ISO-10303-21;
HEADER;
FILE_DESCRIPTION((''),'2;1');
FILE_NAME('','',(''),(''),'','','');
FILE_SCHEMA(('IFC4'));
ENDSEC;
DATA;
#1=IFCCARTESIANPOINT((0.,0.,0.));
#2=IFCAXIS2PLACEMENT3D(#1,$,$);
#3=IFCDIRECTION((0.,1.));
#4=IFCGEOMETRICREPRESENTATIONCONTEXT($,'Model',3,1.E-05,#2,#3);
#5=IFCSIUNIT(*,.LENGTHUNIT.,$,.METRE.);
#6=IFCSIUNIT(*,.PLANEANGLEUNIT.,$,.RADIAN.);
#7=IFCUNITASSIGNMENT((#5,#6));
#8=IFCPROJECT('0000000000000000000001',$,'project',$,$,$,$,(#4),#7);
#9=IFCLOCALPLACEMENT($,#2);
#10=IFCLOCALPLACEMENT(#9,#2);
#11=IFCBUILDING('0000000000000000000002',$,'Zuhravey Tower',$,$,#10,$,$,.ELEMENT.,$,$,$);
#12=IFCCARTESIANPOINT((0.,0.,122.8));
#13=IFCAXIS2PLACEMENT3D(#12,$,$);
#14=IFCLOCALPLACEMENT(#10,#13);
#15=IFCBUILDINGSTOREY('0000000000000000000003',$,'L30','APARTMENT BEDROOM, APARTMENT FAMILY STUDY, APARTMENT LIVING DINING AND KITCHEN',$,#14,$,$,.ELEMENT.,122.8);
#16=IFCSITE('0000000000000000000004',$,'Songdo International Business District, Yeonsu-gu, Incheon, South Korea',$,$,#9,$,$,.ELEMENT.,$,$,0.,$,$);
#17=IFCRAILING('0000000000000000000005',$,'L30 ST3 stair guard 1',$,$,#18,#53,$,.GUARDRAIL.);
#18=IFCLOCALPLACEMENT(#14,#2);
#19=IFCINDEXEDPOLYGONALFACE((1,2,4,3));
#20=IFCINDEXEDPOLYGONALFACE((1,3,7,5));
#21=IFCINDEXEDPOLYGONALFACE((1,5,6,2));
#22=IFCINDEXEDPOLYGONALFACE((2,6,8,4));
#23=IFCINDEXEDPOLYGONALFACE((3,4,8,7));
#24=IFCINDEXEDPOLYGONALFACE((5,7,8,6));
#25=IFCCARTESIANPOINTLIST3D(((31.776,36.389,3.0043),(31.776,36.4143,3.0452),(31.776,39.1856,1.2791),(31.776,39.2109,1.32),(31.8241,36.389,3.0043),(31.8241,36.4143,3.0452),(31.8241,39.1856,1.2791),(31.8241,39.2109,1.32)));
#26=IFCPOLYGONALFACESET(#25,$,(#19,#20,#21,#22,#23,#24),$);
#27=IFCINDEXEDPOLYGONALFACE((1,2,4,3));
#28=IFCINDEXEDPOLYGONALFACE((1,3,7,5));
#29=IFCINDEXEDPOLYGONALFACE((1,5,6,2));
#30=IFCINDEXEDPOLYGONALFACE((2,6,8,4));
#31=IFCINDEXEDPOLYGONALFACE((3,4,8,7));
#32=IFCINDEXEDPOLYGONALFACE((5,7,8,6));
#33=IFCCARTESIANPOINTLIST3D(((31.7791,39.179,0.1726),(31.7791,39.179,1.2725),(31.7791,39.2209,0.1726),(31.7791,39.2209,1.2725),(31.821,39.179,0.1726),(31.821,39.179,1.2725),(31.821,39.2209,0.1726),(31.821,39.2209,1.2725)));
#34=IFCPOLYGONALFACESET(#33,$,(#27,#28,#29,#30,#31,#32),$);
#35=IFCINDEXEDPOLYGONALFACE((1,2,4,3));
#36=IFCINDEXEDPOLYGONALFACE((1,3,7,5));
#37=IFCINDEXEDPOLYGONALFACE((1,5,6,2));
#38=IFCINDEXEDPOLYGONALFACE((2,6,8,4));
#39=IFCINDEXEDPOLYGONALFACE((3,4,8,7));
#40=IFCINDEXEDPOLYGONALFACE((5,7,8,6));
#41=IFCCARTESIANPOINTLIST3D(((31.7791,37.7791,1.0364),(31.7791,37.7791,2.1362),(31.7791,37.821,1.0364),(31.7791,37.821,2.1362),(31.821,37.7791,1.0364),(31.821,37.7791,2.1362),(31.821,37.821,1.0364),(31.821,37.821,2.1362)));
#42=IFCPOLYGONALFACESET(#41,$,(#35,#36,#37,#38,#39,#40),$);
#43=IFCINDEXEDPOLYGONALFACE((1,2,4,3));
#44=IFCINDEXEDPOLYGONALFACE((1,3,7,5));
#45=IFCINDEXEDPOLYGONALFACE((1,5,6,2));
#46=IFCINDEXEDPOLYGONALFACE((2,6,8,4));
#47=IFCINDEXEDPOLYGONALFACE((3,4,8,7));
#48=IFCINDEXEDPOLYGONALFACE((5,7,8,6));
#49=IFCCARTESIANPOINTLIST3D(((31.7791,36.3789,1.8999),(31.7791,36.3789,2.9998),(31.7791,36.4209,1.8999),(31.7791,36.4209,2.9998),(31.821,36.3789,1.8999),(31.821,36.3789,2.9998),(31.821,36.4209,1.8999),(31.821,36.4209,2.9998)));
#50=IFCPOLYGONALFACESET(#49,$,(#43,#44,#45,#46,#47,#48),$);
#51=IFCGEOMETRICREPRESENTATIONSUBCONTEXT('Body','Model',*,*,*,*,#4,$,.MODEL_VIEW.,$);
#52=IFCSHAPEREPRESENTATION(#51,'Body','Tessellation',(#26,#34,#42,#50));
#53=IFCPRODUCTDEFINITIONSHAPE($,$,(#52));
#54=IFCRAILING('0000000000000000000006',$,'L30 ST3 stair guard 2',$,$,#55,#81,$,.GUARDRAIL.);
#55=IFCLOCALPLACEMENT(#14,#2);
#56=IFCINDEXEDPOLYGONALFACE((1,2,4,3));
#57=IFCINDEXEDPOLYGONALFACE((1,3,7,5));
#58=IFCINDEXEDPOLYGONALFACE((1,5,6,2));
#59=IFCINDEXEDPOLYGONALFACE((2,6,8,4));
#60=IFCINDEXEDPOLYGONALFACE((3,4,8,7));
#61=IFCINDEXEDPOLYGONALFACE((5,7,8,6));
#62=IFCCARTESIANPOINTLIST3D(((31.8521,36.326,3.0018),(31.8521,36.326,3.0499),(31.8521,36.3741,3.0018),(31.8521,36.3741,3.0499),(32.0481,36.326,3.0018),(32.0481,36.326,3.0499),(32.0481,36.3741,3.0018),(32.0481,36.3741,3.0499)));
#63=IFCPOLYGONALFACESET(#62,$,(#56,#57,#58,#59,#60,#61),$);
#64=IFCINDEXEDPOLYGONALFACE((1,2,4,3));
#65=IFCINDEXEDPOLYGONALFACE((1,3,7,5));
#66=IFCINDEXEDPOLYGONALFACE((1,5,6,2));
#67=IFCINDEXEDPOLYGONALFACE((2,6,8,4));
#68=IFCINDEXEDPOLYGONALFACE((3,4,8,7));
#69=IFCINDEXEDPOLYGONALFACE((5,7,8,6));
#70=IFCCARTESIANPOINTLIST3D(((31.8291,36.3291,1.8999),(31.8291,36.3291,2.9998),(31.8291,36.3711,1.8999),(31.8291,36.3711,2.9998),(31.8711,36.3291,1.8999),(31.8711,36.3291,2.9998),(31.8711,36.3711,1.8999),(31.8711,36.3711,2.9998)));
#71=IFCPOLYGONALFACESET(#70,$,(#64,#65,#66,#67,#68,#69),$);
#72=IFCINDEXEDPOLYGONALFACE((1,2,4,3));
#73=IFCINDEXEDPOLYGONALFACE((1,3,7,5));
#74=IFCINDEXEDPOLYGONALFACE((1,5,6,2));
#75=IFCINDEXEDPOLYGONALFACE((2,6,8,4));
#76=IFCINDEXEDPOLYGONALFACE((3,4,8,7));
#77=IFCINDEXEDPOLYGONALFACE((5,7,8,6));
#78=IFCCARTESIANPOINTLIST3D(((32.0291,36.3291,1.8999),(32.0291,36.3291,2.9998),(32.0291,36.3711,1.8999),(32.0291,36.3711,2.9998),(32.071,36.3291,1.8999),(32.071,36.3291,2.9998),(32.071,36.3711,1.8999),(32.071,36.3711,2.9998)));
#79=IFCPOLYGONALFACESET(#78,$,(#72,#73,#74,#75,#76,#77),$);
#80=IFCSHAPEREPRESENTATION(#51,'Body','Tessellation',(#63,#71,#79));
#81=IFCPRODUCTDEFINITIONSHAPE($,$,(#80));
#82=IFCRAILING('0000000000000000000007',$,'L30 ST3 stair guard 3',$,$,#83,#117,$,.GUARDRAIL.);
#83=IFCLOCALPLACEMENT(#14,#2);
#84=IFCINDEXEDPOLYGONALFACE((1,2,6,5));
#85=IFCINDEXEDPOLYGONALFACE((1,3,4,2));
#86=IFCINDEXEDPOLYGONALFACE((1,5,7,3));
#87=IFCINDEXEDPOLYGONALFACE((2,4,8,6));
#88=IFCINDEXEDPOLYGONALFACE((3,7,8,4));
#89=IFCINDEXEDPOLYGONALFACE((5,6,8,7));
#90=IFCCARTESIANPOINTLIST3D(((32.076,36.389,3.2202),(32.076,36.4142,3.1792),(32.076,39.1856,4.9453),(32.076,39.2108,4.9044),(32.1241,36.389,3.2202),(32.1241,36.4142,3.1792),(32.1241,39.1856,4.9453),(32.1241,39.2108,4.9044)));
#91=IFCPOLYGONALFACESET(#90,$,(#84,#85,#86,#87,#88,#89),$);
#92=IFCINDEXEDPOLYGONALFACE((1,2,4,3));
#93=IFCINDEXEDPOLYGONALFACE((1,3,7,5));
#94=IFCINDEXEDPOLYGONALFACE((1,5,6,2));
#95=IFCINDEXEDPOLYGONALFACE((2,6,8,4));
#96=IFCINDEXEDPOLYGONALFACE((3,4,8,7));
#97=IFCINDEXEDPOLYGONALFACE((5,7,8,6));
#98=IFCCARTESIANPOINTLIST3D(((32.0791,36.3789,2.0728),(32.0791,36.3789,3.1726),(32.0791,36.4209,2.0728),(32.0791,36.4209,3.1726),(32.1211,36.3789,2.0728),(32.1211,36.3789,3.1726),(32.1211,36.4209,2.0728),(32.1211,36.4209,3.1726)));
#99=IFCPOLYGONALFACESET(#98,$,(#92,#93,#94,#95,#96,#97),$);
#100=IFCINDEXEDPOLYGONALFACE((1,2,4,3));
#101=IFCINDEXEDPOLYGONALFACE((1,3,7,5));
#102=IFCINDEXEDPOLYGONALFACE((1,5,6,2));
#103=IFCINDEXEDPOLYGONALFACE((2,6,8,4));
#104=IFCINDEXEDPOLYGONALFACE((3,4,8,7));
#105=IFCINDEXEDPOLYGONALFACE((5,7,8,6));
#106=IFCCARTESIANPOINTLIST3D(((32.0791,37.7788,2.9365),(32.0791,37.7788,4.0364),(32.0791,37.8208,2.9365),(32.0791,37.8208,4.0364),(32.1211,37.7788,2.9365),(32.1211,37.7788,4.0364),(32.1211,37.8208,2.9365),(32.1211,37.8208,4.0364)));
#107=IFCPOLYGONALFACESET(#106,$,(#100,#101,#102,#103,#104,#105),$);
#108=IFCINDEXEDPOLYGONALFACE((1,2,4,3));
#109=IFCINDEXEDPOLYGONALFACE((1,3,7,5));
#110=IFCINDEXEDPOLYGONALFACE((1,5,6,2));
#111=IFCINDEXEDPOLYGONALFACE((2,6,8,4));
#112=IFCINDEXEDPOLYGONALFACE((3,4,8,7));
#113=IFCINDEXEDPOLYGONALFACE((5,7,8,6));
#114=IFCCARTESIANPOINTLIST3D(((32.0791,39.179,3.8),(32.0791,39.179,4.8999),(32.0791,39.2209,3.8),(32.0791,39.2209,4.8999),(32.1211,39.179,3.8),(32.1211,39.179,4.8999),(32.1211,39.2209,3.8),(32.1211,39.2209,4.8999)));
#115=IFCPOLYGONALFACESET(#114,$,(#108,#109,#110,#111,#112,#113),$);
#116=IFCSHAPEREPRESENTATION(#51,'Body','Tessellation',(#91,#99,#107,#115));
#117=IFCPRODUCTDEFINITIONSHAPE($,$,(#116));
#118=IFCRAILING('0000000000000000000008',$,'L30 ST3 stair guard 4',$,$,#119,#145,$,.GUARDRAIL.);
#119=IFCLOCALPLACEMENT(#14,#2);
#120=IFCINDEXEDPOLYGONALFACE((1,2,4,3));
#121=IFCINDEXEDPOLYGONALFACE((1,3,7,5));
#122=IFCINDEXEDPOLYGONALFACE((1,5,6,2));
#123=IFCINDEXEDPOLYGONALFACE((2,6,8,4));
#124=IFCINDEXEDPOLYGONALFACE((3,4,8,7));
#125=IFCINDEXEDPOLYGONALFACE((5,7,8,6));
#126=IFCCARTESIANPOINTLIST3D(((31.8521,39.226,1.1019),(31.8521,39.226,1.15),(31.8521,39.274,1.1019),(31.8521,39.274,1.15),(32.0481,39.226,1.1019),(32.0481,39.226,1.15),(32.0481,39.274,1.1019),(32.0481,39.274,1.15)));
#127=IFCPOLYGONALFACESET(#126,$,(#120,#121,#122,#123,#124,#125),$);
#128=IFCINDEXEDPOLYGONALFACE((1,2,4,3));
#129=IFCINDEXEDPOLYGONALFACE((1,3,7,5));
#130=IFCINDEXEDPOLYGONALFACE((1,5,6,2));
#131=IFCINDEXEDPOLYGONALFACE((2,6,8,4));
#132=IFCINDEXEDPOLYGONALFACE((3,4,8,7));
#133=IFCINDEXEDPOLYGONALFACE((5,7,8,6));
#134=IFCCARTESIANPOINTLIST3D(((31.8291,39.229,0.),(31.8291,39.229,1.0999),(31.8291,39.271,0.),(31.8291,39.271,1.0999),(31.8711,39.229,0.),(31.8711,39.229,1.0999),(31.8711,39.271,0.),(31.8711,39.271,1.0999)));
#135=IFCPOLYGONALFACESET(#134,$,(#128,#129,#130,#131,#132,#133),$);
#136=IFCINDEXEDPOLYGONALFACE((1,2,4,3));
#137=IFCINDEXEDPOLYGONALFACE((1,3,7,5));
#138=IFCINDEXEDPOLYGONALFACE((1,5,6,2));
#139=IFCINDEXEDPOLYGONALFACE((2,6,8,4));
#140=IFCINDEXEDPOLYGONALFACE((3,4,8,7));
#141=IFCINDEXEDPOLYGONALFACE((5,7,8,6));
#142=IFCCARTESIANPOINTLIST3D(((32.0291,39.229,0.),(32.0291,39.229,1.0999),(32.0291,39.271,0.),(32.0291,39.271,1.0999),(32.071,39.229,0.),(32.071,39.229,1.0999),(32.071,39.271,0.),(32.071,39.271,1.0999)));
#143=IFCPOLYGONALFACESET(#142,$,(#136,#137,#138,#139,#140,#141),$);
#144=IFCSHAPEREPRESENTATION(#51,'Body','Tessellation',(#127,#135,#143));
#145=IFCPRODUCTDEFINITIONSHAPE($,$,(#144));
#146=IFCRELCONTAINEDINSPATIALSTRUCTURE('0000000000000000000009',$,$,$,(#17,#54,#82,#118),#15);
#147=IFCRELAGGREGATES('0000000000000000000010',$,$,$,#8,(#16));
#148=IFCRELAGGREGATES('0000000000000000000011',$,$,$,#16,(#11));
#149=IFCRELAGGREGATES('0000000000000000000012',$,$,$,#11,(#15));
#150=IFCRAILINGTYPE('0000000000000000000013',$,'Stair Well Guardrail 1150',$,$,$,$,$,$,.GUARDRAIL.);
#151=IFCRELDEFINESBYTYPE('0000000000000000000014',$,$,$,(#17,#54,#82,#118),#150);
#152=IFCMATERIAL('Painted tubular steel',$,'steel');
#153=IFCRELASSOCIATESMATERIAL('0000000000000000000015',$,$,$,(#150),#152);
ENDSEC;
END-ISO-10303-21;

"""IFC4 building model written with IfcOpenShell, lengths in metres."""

from ifc_helpers import new_model, si_unit, direction, frame, origin, origin_2d, place, context, subcontext, project, spatial, rectangle, extrude, material, type_object, element, save


model = new_model("IFC4")

# Units and contexts
model_context = context("Model", 3, precision=1e-05, world=origin(), true_north=direction((0.0, 1.0)))
body_context = subcontext(model_context, "Body", "Model", "MODEL_VIEW")
ifc_project = project(units=[si_unit("LENGTHUNIT", "METRE"), si_unit("PLANEANGLEUNIT", "RADIAN")], contexts=[model_context])

# Site, building, storey
site_placement = place(None, origin())
site = spatial("IfcSite", under=ifc_project, at=site_placement, Name="Songdo International Business District, Yeonsu-gu, Incheon, South Korea", CompositionType="ELEMENT", RefElevation=0.0)
building_placement = place(site_placement, origin())
building = spatial("IfcBuilding", under=site, at=building_placement, Name="Zuhravey Tower", CompositionType="ELEMENT")
storey_placement = place(building_placement, frame((0.0, 0.0, 122.8)))
storey = spatial("IfcBuildingStorey", under=building, at=storey_placement, Name="L30", Description="APARTMENT BEDROOM, APARTMENT FAMILY STUDY, APARTMENT LIVING DINING AND KITCHEN", CompositionType="ELEMENT", Elevation=122.8)

# Railings
ifc_material_1 = material(Name="Painted tubular steel", Category="steel")
railing_type_1 = type_object("IfcRailingType", Name="Stair Well Guardrail 1150", PredefinedType="GUARDRAIL", material=ifc_material_1)
for number, where, name in (
    (1, (31.8, 39.2, 0.1726), "L30 ST3 stair guard 1"),
):
    element("IfcRailing", number, at=place(storey_placement, frame(where)), inside=storey, type_object=railing_type_1, Name=name, PredefinedType="GUARDRAIL", context=body_context, shape_type="SweptSolid", body=[
        extrude(rectangle(XDim=0.0481, YDim=0.0481, at=origin_2d()), frame((0.0, -0.0017, 1.127), z_axis=(0.0, -0.85109, 0.52502), x_axis=(1.0, 0.0, 0.0)), (0.0, 0.0, 1.0), 3.2859),
        extrude(rectangle(XDim=0.042, YDim=0.042, at=origin_2d()), origin(), (0.0, 0.0, 1.0), 1.0999),
        extrude(rectangle(XDim=0.042, YDim=0.042, at=origin_2d()), frame((0.0, -1.3999, 0.8638)), (0.0, 0.0, 1.0), 1.0999),
        extrude(rectangle(XDim=0.042, YDim=0.042, at=origin_2d()), frame((0.0, -2.8, 1.7273)), (0.0, 0.0, 1.0), 1.0999),
    ])
railing_1_placement = place(storey_placement, frame((31.8501, 36.3501, 1.8999)))
element("IfcRailing", 2, at=railing_1_placement, inside=storey, type_object=railing_type_1, Name="L30 ST3 stair guard 2", PredefinedType="GUARDRAIL", context=body_context, shape_type="SweptSolid", body=[
    extrude(rectangle(XDim=0.0481, YDim=0.0481, at=origin_2d()), frame((0.002, 0.0, 1.126), z_axis=(1.0, 0.0, 0.0), x_axis=(0.0, 1.0, 0.0)), (0.0, 0.0, 1.0), 0.196),
    extrude(rectangle(XDim=0.042, YDim=0.042, at=origin_2d()), origin(), (0.0, 0.0, 1.0), 1.0999),
    extrude(rectangle(XDim=0.042, YDim=0.042, at=origin_2d()), frame((0.2, 0.0, 0.0)), (0.0, 0.0, 1.0), 1.0999),
])
railing_2_placement = place(storey_placement, frame((32.1001, 36.3999, 2.0728)))
element("IfcRailing", 3, at=railing_2_placement, inside=storey, type_object=railing_type_1, Name="L30 ST3 stair guard 3", PredefinedType="GUARDRAIL", context=body_context, shape_type="SweptSolid", body=[
    extrude(rectangle(XDim=0.0481, YDim=0.0481, at=origin_2d()), frame((0.0, 0.0017, 1.127), z_axis=(0.0, 0.85109, 0.52502), x_axis=(-1.0, 0.0, 0.0)), (0.0, 0.0, 1.0), 3.2859),
    extrude(rectangle(XDim=0.042, YDim=0.042, at=origin_2d()), origin(), (0.0, 0.0, 1.0), 1.0999),
    extrude(rectangle(XDim=0.042, YDim=0.042, at=origin_2d()), frame((0.0, 1.3999, 0.8638)), (0.0, 0.0, 1.0), 1.0999),
    extrude(rectangle(XDim=0.042, YDim=0.042, at=origin_2d()), frame((0.0, 2.8, 1.7273)), (0.0, 0.0, 1.0), 1.0999),
])
railing_3_placement = place(storey_placement, frame((31.8501, 39.25, 0.0)))
element("IfcRailing", 4, at=railing_3_placement, inside=storey, type_object=railing_type_1, Name="L30 ST3 stair guard 4", PredefinedType="GUARDRAIL", context=body_context, shape_type="SweptSolid", body=[
    extrude(rectangle(XDim=0.0481, YDim=0.0481, at=origin_2d()), frame((0.002, 0.0, 1.126), z_axis=(1.0, 0.0, 0.0), x_axis=(0.0, 1.0, 0.0)), (0.0, 0.0, 1.0), 0.196),
    extrude(rectangle(XDim=0.042, YDim=0.042, at=origin_2d()), origin(), (0.0, 0.0, 1.0), 1.0999),
    extrude(rectangle(XDim=0.042, YDim=0.042, at=origin_2d()), frame((0.2, 0.0, 0.0)), (0.0, 0.0, 1.0), 1.0999),
])

save(model, "model.ifc")
